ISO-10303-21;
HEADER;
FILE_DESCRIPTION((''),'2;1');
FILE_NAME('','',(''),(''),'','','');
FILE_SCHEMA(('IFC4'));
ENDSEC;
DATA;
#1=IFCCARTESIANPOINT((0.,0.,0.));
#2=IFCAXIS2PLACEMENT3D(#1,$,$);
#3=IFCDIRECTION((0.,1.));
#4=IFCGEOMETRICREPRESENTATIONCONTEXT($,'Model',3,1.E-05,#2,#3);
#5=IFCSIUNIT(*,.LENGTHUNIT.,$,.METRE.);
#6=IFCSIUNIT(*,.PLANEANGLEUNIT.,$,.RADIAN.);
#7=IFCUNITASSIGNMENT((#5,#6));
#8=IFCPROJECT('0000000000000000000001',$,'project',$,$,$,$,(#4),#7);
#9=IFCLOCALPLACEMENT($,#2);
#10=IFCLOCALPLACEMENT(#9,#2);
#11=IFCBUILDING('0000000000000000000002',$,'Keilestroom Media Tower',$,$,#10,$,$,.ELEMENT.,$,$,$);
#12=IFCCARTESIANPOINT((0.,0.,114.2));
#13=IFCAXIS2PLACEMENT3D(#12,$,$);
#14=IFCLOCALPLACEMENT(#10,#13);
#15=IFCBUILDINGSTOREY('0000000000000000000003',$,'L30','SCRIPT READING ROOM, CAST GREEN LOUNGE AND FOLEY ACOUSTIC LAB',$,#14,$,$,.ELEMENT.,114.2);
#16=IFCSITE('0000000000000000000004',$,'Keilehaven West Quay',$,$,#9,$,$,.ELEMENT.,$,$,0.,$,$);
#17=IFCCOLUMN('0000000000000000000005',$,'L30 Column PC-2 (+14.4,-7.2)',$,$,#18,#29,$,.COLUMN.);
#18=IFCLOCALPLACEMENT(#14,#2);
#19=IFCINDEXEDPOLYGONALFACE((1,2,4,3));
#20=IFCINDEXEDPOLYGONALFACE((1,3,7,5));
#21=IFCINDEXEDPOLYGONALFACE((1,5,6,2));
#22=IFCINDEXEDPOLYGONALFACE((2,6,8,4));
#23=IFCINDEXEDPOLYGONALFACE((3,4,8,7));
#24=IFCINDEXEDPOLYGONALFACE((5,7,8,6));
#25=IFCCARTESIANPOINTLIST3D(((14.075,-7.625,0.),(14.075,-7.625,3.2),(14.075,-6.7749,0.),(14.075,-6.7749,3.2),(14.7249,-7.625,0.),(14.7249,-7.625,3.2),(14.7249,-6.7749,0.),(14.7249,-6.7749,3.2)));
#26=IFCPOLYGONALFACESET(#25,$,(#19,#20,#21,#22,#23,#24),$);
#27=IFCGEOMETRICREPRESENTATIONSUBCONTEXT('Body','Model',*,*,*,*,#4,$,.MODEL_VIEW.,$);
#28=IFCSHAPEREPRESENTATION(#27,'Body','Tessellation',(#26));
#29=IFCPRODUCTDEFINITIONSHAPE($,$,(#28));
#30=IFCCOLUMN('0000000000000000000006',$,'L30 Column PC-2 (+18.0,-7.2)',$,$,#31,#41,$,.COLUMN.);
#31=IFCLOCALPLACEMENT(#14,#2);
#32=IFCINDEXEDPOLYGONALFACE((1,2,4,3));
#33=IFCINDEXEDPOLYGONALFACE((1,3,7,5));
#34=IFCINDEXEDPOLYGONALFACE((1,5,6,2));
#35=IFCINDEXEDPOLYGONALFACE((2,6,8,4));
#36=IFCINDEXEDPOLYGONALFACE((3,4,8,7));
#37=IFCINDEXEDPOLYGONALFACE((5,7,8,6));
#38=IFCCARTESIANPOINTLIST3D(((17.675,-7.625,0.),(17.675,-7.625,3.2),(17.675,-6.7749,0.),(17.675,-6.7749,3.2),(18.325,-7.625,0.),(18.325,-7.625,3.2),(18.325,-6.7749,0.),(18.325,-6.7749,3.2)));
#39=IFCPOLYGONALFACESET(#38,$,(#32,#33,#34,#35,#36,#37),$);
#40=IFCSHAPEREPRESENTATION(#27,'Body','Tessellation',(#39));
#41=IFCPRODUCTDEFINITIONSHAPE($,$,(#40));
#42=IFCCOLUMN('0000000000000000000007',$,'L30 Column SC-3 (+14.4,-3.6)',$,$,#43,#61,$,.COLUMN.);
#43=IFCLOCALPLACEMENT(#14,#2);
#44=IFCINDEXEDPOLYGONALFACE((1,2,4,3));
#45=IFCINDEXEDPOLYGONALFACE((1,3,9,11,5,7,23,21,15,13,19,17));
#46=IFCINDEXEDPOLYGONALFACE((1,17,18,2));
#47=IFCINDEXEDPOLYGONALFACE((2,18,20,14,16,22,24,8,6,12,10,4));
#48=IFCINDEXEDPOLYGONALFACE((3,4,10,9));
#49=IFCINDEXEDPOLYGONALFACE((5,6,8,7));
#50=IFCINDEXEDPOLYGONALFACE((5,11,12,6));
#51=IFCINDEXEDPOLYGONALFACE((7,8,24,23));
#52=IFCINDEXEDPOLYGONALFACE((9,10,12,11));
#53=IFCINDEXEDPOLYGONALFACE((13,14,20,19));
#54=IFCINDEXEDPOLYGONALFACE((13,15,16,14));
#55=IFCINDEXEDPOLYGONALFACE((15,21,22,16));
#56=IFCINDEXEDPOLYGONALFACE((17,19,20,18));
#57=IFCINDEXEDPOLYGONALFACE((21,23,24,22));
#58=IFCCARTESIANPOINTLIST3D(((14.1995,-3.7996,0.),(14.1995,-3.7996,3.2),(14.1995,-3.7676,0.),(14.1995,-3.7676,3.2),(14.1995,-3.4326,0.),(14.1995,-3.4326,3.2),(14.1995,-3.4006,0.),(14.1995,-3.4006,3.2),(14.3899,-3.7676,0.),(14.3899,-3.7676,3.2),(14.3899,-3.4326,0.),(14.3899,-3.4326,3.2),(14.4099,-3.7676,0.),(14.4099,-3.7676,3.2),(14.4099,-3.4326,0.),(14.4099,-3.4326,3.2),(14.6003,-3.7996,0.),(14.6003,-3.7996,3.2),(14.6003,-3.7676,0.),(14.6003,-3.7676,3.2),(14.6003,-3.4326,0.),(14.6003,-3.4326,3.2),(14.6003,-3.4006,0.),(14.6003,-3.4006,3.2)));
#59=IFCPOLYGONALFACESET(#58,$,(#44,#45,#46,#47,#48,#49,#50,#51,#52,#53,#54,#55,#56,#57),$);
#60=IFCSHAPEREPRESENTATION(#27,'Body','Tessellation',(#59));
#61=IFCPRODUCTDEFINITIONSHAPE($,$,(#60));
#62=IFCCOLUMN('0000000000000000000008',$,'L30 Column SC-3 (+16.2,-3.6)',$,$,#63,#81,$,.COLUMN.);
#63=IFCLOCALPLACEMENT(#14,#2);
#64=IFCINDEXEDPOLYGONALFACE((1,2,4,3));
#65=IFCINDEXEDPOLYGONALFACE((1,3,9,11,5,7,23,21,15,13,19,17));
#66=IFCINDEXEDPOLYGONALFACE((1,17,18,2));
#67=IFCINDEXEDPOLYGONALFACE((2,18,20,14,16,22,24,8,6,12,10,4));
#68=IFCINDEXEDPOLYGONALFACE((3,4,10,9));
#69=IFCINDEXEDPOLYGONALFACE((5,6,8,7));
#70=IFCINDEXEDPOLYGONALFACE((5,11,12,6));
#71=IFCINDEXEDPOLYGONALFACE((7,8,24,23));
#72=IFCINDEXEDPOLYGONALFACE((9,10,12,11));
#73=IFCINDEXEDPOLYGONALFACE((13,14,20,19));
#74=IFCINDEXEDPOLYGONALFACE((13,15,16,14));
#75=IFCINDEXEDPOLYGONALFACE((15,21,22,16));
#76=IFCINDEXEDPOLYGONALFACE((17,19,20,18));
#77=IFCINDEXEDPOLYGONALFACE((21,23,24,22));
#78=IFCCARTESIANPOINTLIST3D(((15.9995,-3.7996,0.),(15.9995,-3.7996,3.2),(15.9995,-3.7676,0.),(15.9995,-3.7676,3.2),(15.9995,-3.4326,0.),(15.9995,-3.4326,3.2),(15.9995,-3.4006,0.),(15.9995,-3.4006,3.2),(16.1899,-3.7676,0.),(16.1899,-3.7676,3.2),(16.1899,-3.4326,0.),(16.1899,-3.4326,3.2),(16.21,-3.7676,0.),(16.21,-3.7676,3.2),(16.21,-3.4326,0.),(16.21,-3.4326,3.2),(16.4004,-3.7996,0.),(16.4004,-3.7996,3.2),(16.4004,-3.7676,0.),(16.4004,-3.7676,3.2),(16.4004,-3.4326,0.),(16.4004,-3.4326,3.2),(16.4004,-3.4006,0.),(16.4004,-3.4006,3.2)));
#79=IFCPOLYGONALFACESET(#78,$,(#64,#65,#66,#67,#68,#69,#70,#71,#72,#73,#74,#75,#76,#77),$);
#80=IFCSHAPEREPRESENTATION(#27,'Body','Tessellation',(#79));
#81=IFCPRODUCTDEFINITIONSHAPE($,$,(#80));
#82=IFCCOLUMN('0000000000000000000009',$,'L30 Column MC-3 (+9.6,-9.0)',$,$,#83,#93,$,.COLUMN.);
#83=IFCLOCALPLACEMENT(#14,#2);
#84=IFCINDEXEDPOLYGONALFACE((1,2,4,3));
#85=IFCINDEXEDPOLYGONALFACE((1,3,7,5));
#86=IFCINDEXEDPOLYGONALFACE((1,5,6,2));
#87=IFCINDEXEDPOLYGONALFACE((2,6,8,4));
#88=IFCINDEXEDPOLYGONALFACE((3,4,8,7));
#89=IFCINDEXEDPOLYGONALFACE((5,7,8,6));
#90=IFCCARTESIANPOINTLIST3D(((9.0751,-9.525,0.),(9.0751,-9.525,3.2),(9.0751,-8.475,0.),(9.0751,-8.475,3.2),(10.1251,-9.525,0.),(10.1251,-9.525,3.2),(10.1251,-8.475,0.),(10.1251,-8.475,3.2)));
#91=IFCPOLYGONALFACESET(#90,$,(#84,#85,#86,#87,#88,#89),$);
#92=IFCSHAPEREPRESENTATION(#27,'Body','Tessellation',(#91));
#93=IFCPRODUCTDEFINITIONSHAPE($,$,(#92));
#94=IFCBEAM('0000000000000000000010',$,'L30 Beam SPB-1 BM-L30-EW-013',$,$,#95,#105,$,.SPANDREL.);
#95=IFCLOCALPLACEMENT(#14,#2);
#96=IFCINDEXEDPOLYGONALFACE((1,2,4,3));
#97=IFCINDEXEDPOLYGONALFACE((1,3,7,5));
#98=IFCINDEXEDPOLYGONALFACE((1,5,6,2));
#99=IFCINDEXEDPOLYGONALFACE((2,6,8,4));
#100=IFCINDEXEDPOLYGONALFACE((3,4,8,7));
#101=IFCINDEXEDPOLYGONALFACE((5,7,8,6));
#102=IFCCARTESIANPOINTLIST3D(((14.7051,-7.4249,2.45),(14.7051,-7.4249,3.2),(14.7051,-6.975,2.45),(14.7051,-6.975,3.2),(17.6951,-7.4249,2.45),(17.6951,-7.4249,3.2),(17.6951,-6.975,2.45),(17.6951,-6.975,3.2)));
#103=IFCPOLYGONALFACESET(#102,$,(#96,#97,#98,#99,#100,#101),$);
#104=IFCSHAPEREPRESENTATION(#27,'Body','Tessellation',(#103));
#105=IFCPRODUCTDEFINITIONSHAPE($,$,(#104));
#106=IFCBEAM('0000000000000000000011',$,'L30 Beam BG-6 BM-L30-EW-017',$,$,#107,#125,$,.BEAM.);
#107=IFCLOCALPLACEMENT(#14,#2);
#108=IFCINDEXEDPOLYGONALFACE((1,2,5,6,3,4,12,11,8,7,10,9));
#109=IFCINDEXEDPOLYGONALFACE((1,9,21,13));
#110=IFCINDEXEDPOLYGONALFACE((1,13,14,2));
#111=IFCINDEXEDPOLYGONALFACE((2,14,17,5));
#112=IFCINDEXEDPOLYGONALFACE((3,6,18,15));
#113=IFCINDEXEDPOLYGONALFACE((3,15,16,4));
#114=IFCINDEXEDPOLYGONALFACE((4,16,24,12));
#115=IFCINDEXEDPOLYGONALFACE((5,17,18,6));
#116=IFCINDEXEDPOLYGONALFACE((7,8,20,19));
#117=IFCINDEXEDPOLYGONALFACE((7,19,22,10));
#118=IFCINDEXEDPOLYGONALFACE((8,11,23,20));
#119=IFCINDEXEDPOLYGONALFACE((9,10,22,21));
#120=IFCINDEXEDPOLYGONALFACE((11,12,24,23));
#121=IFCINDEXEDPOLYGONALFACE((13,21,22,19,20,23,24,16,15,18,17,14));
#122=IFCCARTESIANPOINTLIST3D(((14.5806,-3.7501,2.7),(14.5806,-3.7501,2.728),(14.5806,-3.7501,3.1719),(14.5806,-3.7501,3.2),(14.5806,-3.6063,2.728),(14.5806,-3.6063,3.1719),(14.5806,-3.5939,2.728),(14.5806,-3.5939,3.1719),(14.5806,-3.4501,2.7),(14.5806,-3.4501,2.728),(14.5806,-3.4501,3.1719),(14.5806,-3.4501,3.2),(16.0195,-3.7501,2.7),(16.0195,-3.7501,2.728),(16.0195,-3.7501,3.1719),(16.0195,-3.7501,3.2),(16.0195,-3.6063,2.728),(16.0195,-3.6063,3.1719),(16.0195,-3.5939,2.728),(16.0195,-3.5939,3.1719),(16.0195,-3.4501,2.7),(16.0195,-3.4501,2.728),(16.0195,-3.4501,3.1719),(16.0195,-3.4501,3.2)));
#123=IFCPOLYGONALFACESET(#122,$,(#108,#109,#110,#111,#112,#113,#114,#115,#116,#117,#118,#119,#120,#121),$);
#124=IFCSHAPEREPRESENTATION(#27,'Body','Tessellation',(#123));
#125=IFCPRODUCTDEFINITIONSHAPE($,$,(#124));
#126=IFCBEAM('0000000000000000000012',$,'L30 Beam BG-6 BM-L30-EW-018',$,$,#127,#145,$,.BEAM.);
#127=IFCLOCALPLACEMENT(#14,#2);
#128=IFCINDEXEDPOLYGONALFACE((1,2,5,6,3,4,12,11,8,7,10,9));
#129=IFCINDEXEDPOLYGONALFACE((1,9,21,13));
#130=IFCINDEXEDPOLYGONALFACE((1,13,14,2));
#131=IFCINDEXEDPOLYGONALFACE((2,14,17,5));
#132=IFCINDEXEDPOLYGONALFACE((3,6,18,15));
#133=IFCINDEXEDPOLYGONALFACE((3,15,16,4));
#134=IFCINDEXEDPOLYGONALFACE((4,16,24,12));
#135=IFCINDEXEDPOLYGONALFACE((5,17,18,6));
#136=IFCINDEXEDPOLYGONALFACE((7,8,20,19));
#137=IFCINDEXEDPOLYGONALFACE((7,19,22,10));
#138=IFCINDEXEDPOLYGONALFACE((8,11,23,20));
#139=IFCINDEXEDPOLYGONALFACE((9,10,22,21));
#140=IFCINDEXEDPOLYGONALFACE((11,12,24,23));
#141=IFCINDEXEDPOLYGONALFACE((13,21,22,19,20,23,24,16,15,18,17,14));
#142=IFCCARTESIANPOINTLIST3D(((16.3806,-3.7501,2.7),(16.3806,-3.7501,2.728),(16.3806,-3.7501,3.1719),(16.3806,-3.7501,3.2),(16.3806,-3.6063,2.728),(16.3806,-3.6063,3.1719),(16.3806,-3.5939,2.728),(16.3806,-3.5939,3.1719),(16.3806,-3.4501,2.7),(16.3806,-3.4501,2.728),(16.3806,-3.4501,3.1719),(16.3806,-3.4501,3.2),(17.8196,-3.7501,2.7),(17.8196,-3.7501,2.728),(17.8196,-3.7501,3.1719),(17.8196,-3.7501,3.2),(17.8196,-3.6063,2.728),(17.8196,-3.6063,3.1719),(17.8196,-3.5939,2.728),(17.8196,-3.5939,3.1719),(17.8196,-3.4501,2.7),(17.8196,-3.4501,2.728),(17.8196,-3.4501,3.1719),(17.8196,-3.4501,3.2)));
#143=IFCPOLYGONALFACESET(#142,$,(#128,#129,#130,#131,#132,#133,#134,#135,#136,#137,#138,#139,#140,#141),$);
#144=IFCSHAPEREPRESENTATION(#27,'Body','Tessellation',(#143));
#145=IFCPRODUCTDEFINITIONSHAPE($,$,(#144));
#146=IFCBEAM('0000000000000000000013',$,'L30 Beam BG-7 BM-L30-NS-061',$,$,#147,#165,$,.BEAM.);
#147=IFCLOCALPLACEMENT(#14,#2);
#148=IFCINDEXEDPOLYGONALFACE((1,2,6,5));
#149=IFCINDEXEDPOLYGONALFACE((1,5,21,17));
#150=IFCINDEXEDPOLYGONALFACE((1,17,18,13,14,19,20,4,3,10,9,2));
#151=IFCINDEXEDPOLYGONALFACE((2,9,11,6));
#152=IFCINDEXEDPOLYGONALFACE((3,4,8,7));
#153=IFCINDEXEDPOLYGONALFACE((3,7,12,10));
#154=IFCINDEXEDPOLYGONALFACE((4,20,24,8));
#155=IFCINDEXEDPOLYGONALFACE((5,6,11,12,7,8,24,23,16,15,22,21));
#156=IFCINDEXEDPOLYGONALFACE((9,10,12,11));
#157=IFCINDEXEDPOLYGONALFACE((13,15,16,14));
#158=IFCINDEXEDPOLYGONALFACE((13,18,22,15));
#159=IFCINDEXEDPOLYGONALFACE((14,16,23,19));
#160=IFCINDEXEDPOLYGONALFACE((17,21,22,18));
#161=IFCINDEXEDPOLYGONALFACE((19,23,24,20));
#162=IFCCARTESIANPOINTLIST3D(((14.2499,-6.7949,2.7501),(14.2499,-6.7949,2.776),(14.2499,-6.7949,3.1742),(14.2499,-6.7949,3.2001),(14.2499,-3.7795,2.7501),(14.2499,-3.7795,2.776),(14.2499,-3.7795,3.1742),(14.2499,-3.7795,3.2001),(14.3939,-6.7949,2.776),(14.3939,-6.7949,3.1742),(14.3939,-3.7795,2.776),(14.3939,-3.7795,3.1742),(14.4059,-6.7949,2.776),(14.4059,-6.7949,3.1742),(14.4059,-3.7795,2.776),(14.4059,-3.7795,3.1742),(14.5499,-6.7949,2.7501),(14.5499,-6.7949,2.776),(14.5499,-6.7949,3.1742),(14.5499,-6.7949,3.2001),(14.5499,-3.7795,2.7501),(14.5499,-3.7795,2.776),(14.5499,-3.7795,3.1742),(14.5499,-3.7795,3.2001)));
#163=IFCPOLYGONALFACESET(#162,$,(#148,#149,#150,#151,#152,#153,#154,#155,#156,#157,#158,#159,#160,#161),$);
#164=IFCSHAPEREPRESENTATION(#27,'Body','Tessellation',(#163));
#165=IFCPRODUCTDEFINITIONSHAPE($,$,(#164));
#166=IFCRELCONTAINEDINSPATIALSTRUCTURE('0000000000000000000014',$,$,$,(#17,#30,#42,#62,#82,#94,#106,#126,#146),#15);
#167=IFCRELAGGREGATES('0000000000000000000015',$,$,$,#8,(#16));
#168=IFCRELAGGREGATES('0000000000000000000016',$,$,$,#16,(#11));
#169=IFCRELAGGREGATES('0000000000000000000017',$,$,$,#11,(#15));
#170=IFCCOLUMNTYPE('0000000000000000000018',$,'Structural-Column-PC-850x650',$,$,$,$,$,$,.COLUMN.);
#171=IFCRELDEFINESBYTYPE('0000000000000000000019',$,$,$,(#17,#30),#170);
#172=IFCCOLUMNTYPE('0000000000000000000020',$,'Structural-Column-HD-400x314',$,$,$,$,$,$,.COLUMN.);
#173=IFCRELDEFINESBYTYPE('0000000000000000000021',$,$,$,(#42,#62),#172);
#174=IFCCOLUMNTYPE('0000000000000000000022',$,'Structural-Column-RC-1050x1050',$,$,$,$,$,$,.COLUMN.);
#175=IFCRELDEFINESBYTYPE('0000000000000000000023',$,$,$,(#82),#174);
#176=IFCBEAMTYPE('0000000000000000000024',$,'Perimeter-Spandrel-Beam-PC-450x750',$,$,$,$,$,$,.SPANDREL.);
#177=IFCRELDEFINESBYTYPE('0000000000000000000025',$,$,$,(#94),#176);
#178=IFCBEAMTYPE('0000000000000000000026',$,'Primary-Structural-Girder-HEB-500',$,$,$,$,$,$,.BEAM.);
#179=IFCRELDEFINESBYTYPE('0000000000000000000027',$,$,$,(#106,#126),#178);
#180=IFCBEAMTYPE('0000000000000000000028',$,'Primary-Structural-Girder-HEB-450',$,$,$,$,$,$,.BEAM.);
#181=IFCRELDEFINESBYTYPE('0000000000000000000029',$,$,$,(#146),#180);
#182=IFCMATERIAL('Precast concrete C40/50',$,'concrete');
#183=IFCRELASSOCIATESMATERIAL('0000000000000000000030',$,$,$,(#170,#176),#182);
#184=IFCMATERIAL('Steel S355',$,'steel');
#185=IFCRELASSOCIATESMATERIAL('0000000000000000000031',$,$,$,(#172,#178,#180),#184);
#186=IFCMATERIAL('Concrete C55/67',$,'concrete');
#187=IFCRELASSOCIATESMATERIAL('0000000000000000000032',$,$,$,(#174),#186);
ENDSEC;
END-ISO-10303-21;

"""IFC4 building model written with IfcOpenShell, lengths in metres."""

from ifc_helpers import new_model, si_unit, direction, frame, origin, origin_2d, place, context, subcontext, project, spatial, rectangle, i_section, extrude, source, transform, mapped, material, material_profile, profile_set, type_object, element, save


model = new_model("IFC4")

# Units and contexts
model_context = context("Model", 3, precision=1e-05, world=origin(), true_north=direction((0.0, 1.0)))
body_context = subcontext(model_context, "Body", "Model", "MODEL_VIEW")
ifc_project = project(units=[si_unit("LENGTHUNIT", "METRE"), si_unit("PLANEANGLEUNIT", "RADIAN")], contexts=[model_context])

# Site, building, storey
site_placement = place(None, origin())
site = spatial("IfcSite", under=ifc_project, at=site_placement, Name="Keilehaven West Quay", CompositionType="ELEMENT", RefElevation=0.0)
building_placement = place(site_placement, origin())
building = spatial("IfcBuilding", under=site, at=building_placement, Name="Keilestroom Media Tower", CompositionType="ELEMENT")
storey_placement = place(building_placement, frame((0.0, 0.0, 114.2)))
storey = spatial("IfcBuildingStorey", under=building, at=storey_placement, Name="L30", Description="SCRIPT READING ROOM, CAST GREEN LOUNGE AND FOLEY ACOUSTIC LAB", CompositionType="ELEMENT", Elevation=114.2)

# Columns
ifc_material_1 = material(Name="Precast concrete C40/50", Category="concrete")
ifc_material_profile_1 = material_profile(ifc_material_1, rectangle(XDim=0.6499, YDim=0.8501, at=origin_2d()), Name="PC 850x650")
ifc_profile_set_1 = profile_set([ifc_material_profile_1], Name="Precast concrete C40/50")
column_type_1 = type_object("IfcColumnType", Name="Structural-Column-PC-850x650", PredefinedType="COLUMN", material=ifc_profile_set_1)
shared_shape_1 = source(origin(), body_context, "Body", "SweptSolid", [
    extrude(rectangle(XDim=0.6499, YDim=0.8501, at=origin_2d()), origin(), (0.0, 0.0, 1.0), 3.2),
])
for number, where, z_axis, x_axis, name in (
    (1, (14.3999, -7.2, 0.0), (0.0, 0.0, 1.0), (1.0, 0.0, 0.0), "L30 Column PC-2 (+14.4,-7.2)"),
    (2, (18.0, -7.2, 0.0), (0.0, 0.0, 1.0), (1.0, 0.0, 0.0), "L30 Column PC-2 (+18.0,-7.2)"),
):
    element("IfcColumn", number, at=place(storey_placement, frame(where, z_axis=z_axis, x_axis=x_axis)), inside=storey, type_object=column_type_1, Name=name, PredefinedType="COLUMN", context=body_context, shape_type="MappedRepresentation", body=[
        mapped(shared_shape_1, transform((0.0, 0.0, 0.0), x_axis=(1.0, 0.0, 0.0), y_axis=(0.0, 1.0, 0.0), z_axis=(0.0, 0.0, 1.0), scale=1.0)),
    ])
ifc_material_2 = material(Name="Steel S355", Category="steel")
ifc_material_profile_2 = material_profile(ifc_material_2, i_section(OverallWidth=0.4009, OverallDepth=0.3989, WebThickness=0.02, FlangeThickness=0.032, at=origin_2d()), Name="HD 400x314")
ifc_profile_set_2 = profile_set([ifc_material_profile_2], Name="Steel S355")
column_type_2 = type_object("IfcColumnType", Name="Structural-Column-HD-400x314", PredefinedType="COLUMN", material=ifc_profile_set_2)
shared_shape_2 = source(origin(), body_context, "Body", "SweptSolid", [
    extrude(i_section(OverallWidth=0.4009, OverallDepth=0.3989, WebThickness=0.02, FlangeThickness=0.032, at=origin_2d()), origin(), (0.0, 0.0, 1.0), 3.2),
])
for number, where, z_axis, x_axis, name in (
    (3, (14.3999, -3.6001, 0.0), (0.0, 0.0, 1.0), (1.0, 0.0, 0.0), "L30 Column SC-3 (+14.4,-3.6)"),
    (4, (16.2, -3.6001, 0.0), (0.0, 0.0, 1.0), (1.0, 0.0, 0.0), "L30 Column SC-3 (+16.2,-3.6)"),
):
    element("IfcColumn", number, at=place(storey_placement, frame(where, z_axis=z_axis, x_axis=x_axis)), inside=storey, type_object=column_type_2, Name=name, PredefinedType="COLUMN", context=body_context, shape_type="MappedRepresentation", body=[
        mapped(shared_shape_2, transform((0.0, 0.0, 0.0), x_axis=(1.0, 0.0, 0.0), y_axis=(0.0, 1.0, 0.0), z_axis=(0.0, 0.0, 1.0), scale=1.0)),
    ])
ifc_material_3 = material(Name="Concrete C55/67", Category="concrete")
ifc_material_profile_3 = material_profile(ifc_material_3, rectangle(XDim=1.05, YDim=1.05, at=origin_2d()), Name="RC 1050x1050")
ifc_profile_set_3 = profile_set([ifc_material_profile_3], Name="Concrete C55/67")
column_type_3 = type_object("IfcColumnType", Name="Structural-Column-RC-1050x1050", PredefinedType="COLUMN", material=ifc_profile_set_3)
shared_shape_3 = source(origin(), body_context, "Body", "SweptSolid", [
    extrude(rectangle(XDim=1.05, YDim=1.05, at=origin_2d()), origin(), (0.0, 0.0, 1.0), 3.2),
])
column_placement = place(storey_placement, frame((9.6001, -9.0, 0.0), z_axis=(0.0, 0.0, 1.0), x_axis=(1.0, 0.0, 0.0)))
element("IfcColumn", 5, at=column_placement, inside=storey, type_object=column_type_3, Name="L30 Column MC-3 (+9.6,-9.0)", PredefinedType="COLUMN", context=body_context, shape_type="MappedRepresentation", body=[
    mapped(shared_shape_3, transform((0.0, 0.0, 0.0), x_axis=(1.0, 0.0, 0.0), y_axis=(0.0, 1.0, 0.0), z_axis=(0.0, 0.0, 1.0), scale=1.0)),
])

# Beams
ifc_material_profile_4 = material_profile(ifc_material_1, rectangle(XDim=0.45, YDim=0.75, at=origin_2d()), Name="PC 450x750")
ifc_profile_set_4 = profile_set([ifc_material_profile_4], Name="Precast concrete C40/50")
beam_type_1 = type_object("IfcBeamType", Name="Perimeter-Spandrel-Beam-PC-450x750", PredefinedType="SPANDREL", material=ifc_profile_set_4)
shared_shape_4 = source(origin(), body_context, "Body", "SweptSolid", [
    extrude(rectangle(XDim=0.45, YDim=0.75, at=origin_2d()), origin(), (0.0, 0.0, 1.0), 2.99),
])
beam_1_placement = place(storey_placement, frame((14.7051, -7.2, 2.825), z_axis=(1.0, 0.0, 0.0), x_axis=(0.0, 1.0, 0.0)))
element("IfcBeam", 6, at=beam_1_placement, inside=storey, type_object=beam_type_1, Name="L30 Beam SPB-1 BM-L30-EW-013", PredefinedType="SPANDREL", context=body_context, shape_type="MappedRepresentation", body=[
    mapped(shared_shape_4, transform((0.0, 0.0, 0.0), x_axis=(1.0, 0.0, 0.0), y_axis=(0.0, 1.0, 0.0), z_axis=(0.0, 0.0, 1.0), scale=1.0)),
])
ifc_material_profile_5 = material_profile(ifc_material_2, i_section(OverallWidth=0.3, OverallDepth=0.5, WebThickness=0.0125, FlangeThickness=0.0281, at=origin_2d()), Name="HEB 500")
ifc_profile_set_5 = profile_set([ifc_material_profile_5], Name="Steel S355")
beam_type_2 = type_object("IfcBeamType", Name="Primary-Structural-Girder-HEB-500", PredefinedType="BEAM", material=ifc_profile_set_5)
shared_shape_5 = source(origin(), body_context, "Body", "SweptSolid", [
    extrude(i_section(OverallWidth=0.3, OverallDepth=0.5, WebThickness=0.0125, FlangeThickness=0.0281, at=origin_2d()), origin(), (0.0, 0.0, 1.0), 1.439),
])
for number, where, z_axis, x_axis, name in (
    (7, (14.5806, -3.6001, 2.95), (1.0, 0.0, 0.0), (0.0, 1.0, 0.0), "L30 Beam BG-6 BM-L30-EW-017"),
    (8, (16.3806, -3.6001, 2.95), (1.0, 0.0, 0.0), (0.0, 1.0, 0.0), "L30 Beam BG-6 BM-L30-EW-018"),
):
    element("IfcBeam", number, at=place(storey_placement, frame(where, z_axis=z_axis, x_axis=x_axis)), inside=storey, type_object=beam_type_2, Name=name, PredefinedType="BEAM", context=body_context, shape_type="MappedRepresentation", body=[
        mapped(shared_shape_5, transform((0.0, 0.0, 0.0), x_axis=(1.0, 0.0, 0.0), y_axis=(0.0, 1.0, 0.0), z_axis=(0.0, 0.0, 1.0), scale=1.0)),
    ])
ifc_material_profile_6 = material_profile(ifc_material_2, i_section(OverallWidth=0.3, OverallDepth=0.45, WebThickness=0.012, FlangeThickness=0.0259, at=origin_2d()), Name="HEB 450")
ifc_profile_set_6 = profile_set([ifc_material_profile_6], Name="Steel S355")
beam_type_3 = type_object("IfcBeamType", Name="Primary-Structural-Girder-HEB-450", PredefinedType="BEAM", material=ifc_profile_set_6)
shared_shape_6 = source(origin(), body_context, "Body", "SweptSolid", [
    extrude(i_section(OverallWidth=0.3, OverallDepth=0.45, WebThickness=0.012, FlangeThickness=0.0259, at=origin_2d()), origin(), (0.0, 0.0, 1.0), 3.0154),
])
beam_2_placement = place(storey_placement, frame((14.3999, -6.7949, 2.9751), z_axis=(0.0, 1.0, 0.0), x_axis=(-1.0, 0.0, 0.0)))
element("IfcBeam", 9, at=beam_2_placement, inside=storey, type_object=beam_type_3, Name="L30 Beam BG-7 BM-L30-NS-061", PredefinedType="BEAM", context=body_context, shape_type="MappedRepresentation", body=[
    mapped(shared_shape_6, transform((0.0, 0.0, 0.0), x_axis=(1.0, 0.0, 0.0), y_axis=(0.0, 1.0, 0.0), z_axis=(0.0, 0.0, 1.0), scale=1.0)),
])

save(model, "model.ifc")
